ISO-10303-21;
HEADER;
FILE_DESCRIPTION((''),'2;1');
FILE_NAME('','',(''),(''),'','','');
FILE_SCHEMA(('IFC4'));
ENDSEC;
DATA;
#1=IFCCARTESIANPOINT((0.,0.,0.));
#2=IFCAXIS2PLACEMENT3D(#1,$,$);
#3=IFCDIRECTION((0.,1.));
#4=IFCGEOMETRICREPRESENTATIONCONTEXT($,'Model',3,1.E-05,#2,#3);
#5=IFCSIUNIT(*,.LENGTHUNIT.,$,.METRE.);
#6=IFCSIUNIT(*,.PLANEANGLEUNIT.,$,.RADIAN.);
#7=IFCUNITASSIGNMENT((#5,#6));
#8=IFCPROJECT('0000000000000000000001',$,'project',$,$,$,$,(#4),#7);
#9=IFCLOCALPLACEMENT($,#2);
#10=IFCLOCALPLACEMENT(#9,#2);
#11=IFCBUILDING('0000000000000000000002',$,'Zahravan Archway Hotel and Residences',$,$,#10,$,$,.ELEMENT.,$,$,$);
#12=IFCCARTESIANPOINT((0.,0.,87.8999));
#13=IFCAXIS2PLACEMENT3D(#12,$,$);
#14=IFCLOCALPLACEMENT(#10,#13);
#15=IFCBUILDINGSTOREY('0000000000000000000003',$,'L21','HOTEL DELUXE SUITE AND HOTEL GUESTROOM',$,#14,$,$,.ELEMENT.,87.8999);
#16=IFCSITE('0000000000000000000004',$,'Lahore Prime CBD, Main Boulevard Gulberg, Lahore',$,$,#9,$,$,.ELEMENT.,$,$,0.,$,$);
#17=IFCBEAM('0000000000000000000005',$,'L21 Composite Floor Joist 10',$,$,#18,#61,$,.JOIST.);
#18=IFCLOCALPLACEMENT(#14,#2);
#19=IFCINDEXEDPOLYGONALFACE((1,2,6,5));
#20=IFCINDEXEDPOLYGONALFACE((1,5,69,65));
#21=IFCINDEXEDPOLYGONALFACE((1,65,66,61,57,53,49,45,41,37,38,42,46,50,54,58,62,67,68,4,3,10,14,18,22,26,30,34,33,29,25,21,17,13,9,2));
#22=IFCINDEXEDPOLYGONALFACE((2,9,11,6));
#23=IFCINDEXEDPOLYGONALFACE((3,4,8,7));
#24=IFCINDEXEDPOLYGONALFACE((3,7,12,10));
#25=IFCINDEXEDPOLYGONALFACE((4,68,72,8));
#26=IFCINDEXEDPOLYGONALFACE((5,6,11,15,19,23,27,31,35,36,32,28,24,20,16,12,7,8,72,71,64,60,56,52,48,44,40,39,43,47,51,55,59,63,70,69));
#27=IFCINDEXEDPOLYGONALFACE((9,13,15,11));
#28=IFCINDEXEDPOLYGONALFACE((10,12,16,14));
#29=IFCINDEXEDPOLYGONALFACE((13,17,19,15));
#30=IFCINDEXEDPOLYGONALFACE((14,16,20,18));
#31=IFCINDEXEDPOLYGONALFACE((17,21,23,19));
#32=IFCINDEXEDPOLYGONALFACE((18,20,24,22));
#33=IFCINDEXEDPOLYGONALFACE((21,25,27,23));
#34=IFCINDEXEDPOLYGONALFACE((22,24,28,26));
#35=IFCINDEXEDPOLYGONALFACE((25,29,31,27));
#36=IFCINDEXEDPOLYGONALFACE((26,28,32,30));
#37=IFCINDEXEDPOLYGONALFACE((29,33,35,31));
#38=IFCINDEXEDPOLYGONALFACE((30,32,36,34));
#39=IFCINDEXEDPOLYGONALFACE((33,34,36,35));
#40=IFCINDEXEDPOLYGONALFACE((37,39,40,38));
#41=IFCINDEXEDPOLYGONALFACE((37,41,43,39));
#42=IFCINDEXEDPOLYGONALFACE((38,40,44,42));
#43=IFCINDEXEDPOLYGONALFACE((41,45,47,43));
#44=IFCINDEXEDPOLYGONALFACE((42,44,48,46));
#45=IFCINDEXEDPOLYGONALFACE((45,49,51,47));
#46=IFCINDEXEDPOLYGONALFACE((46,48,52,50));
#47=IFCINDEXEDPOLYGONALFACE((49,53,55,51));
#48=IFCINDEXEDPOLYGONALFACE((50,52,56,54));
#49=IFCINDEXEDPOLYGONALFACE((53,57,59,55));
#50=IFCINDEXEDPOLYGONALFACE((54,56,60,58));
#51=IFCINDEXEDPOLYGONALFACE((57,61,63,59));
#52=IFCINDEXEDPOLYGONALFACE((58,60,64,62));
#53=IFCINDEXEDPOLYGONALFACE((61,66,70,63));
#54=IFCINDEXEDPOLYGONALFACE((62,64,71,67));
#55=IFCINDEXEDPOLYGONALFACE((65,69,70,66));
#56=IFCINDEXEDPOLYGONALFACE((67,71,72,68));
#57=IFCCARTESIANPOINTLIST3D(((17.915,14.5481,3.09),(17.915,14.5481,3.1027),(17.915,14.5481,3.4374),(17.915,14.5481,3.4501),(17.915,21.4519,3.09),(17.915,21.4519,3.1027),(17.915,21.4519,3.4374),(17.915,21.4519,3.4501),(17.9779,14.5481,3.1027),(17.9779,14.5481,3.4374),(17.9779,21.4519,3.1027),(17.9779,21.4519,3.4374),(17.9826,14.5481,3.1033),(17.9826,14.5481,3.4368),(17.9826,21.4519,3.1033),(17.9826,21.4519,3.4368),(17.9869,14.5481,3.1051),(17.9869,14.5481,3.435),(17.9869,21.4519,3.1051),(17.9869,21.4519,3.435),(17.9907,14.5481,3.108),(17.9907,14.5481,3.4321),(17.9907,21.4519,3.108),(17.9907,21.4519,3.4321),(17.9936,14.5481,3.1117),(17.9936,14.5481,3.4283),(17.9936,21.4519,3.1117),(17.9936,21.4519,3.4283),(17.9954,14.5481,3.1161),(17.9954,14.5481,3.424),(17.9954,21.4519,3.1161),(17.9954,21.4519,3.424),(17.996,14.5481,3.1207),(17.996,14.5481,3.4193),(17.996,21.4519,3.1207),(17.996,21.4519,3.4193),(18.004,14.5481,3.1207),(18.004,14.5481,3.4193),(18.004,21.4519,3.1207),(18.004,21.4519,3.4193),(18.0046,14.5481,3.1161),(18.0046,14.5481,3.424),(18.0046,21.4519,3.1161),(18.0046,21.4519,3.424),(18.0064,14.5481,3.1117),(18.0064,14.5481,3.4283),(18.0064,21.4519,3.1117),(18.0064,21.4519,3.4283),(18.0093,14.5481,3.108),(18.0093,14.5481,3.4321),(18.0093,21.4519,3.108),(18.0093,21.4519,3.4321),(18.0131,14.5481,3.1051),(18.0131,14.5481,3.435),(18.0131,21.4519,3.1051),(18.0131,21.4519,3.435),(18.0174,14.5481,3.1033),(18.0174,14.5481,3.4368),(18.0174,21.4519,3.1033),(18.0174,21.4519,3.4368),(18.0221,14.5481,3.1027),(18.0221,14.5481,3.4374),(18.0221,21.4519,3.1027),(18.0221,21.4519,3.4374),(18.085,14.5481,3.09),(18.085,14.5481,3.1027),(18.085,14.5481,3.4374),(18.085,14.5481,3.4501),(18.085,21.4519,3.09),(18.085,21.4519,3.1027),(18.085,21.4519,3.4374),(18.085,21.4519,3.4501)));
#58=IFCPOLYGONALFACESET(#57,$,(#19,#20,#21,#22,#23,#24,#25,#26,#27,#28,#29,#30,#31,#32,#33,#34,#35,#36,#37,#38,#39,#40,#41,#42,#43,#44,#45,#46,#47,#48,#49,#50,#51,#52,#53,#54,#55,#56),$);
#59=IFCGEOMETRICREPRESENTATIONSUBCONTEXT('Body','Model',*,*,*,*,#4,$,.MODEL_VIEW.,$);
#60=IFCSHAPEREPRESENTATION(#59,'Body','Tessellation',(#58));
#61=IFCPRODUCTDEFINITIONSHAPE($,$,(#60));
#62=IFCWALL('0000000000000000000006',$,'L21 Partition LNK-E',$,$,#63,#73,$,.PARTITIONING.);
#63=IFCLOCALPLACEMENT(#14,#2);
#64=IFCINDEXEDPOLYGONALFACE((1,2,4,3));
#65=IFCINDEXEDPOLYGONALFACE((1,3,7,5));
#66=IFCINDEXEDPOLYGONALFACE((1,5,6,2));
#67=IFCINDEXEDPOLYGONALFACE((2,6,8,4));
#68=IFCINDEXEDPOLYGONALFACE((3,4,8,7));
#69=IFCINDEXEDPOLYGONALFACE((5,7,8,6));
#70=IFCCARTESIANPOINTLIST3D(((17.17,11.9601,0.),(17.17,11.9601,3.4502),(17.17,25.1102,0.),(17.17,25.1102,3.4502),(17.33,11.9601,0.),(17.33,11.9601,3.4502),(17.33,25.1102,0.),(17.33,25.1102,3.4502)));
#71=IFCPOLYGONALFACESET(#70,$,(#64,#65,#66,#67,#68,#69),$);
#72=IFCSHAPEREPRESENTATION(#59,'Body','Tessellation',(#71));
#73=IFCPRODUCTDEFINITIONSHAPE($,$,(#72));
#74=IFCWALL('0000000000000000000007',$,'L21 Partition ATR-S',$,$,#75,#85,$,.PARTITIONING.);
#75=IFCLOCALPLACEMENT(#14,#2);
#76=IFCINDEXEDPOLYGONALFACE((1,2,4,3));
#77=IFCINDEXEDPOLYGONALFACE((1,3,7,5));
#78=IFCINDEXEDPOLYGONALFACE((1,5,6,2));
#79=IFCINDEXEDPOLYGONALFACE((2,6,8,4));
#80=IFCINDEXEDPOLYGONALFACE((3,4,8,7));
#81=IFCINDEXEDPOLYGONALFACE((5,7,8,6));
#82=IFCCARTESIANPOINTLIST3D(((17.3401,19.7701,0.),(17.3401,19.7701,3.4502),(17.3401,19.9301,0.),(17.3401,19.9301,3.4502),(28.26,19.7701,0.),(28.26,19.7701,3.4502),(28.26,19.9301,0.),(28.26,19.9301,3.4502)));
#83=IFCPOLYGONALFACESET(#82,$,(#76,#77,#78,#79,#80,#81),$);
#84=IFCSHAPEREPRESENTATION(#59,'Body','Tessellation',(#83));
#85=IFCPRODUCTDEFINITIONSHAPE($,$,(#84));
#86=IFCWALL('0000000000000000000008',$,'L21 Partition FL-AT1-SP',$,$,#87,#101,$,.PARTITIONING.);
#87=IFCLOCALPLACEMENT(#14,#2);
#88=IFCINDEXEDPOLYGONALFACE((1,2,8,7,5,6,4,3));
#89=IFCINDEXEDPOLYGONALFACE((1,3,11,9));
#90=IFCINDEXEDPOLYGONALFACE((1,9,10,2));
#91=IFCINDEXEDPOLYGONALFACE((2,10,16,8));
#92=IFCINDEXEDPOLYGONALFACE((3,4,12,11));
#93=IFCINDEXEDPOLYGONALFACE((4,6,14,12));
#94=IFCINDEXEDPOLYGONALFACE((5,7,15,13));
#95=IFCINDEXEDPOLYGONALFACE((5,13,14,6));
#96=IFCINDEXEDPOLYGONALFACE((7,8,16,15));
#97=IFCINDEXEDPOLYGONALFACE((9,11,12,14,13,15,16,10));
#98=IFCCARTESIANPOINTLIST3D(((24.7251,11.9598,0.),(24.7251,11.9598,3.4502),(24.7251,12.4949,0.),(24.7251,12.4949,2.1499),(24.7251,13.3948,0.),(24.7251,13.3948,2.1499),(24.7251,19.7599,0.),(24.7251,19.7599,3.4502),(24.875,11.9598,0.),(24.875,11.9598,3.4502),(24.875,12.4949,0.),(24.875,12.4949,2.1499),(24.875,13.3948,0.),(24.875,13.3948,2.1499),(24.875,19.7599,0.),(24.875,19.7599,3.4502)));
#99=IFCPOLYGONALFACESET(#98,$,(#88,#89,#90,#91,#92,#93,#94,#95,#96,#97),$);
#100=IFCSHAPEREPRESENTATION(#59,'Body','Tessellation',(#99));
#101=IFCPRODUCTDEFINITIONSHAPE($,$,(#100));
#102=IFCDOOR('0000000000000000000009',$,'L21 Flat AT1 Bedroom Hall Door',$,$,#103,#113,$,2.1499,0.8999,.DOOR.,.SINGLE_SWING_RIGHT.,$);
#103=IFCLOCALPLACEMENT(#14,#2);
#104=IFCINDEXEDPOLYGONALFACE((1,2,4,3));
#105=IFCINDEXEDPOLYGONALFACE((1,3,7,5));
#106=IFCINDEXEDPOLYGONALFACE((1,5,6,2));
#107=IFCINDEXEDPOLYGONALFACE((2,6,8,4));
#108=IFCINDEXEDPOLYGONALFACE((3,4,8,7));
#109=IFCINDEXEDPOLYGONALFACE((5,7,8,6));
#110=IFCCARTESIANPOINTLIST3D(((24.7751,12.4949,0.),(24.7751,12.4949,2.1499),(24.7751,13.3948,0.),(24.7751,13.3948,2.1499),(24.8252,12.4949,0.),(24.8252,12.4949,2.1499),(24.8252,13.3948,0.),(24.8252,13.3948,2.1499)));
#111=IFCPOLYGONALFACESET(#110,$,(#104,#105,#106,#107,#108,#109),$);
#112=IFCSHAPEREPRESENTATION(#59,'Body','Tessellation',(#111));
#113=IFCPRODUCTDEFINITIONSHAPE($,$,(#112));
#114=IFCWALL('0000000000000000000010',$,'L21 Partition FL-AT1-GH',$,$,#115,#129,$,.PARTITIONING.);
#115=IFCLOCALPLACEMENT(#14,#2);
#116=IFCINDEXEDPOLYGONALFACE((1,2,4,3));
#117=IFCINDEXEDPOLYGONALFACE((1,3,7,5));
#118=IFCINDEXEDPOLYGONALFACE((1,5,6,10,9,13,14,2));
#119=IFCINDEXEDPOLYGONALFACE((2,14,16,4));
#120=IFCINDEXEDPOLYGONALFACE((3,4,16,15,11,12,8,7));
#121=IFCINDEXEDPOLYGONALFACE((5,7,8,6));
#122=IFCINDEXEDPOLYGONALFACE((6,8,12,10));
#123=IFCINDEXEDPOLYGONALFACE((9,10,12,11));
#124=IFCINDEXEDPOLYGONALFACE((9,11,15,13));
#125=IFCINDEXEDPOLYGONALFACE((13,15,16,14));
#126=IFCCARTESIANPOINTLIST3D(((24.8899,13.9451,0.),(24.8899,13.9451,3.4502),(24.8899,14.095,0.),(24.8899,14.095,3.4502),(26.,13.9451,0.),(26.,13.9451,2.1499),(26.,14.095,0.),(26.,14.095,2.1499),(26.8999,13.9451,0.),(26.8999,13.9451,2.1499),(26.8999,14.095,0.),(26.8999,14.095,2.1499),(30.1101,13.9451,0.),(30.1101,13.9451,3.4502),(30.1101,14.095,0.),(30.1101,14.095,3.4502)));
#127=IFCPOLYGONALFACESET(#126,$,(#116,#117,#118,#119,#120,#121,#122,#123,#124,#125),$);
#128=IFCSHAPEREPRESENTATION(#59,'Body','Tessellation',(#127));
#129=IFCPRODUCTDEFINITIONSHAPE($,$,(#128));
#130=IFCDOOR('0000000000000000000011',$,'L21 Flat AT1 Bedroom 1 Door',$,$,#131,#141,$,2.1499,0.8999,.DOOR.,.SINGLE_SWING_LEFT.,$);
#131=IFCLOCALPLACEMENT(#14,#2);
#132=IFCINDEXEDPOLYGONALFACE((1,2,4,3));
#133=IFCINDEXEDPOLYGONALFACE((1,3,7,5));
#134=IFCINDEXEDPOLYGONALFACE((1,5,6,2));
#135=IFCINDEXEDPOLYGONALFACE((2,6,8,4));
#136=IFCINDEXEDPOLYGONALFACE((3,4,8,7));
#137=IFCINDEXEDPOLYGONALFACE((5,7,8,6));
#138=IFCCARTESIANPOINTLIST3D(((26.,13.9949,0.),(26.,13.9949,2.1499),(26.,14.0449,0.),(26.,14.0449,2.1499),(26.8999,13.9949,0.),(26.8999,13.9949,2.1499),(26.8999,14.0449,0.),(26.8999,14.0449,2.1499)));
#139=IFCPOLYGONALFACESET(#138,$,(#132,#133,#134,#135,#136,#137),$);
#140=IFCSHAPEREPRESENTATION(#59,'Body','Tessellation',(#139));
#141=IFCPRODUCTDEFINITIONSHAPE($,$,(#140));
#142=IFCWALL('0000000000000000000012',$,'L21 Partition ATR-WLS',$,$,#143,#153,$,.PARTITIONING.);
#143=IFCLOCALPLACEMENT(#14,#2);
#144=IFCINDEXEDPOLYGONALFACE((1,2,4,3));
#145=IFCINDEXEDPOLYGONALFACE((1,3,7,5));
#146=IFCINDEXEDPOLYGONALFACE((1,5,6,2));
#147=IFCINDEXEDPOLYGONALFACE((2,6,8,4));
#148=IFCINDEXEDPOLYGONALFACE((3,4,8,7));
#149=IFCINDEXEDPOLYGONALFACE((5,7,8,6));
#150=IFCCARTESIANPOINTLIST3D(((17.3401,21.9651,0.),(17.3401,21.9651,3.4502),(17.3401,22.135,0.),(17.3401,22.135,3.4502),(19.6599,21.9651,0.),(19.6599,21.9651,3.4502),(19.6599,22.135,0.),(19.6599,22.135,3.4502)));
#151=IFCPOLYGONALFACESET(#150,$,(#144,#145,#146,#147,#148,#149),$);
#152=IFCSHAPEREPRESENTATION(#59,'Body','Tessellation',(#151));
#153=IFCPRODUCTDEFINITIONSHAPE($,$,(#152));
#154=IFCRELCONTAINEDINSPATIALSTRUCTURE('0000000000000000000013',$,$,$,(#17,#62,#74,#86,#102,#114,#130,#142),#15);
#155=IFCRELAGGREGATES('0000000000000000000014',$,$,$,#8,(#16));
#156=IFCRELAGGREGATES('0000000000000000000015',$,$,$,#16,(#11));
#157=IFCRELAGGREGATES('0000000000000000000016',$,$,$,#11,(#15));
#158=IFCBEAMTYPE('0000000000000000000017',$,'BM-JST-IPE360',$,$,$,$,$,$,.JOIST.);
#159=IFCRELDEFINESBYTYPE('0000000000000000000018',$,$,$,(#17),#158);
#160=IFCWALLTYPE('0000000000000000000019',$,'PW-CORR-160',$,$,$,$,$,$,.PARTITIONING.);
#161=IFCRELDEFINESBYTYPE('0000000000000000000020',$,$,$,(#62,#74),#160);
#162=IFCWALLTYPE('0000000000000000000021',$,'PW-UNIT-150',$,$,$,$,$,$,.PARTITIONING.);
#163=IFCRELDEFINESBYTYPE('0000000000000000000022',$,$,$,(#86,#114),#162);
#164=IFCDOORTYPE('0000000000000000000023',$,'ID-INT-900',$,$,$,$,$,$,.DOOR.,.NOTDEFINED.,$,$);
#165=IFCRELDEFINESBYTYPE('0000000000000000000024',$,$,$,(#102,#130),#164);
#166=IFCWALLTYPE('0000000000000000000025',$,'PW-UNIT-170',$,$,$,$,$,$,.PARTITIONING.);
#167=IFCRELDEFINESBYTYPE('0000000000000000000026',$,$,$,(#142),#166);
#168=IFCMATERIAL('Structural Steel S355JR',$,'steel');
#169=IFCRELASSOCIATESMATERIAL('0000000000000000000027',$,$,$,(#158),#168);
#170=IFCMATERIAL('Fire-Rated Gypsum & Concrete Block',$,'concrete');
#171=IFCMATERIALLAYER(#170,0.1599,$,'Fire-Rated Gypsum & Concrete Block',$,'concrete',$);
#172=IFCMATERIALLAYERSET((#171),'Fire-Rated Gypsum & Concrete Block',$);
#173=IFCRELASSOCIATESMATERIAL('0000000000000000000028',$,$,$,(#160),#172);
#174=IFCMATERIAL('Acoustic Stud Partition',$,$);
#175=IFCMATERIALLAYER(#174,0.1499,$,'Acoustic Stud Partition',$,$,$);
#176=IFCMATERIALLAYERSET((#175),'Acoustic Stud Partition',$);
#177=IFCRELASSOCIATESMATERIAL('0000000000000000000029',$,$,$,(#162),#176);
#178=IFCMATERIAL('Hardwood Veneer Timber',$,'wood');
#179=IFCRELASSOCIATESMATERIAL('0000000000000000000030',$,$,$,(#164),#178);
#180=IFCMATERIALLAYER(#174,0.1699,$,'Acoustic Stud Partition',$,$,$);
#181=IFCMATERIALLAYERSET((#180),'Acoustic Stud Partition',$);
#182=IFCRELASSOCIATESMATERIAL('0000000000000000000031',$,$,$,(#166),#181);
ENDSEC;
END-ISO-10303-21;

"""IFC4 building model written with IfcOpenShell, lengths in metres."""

from ifc_helpers import new_model, si_unit, direction, frame, frame_2d, origin, origin_2d, place, context, subcontext, project, spatial, rectangle, i_section, extrude, source, transform, mapped, material, layer, layer_set, material_profile, profile_set, type_object, type_shapes, element, fill, save


model = new_model("IFC4")

# Units and contexts
model_context = context("Model", 3, precision=1e-05, world=origin(), true_north=direction((0.0, 1.0)))
body_context = subcontext(model_context, "Body", "Model", "MODEL_VIEW")
ifc_project = project(units=[si_unit("LENGTHUNIT", "METRE"), si_unit("PLANEANGLEUNIT", "RADIAN")], contexts=[model_context])

# Site, building, storey
site_placement = place(None, origin())
site = spatial("IfcSite", under=ifc_project, at=site_placement, Name="Lahore Prime CBD, Main Boulevard Gulberg, Lahore", CompositionType="ELEMENT", RefElevation=0.0)
building_placement = place(site_placement, origin())
building = spatial("IfcBuilding", under=site, at=building_placement, Name="Zahravan Archway Hotel and Residences", CompositionType="ELEMENT")
storey_placement = place(building_placement, frame((0.0, 0.0, 87.8999)))
storey = spatial("IfcBuildingStorey", under=building, at=storey_placement, Name="L21", Description="HOTEL DELUXE SUITE AND HOTEL GUESTROOM", CompositionType="ELEMENT", Elevation=87.8999)

# Beam
ifc_material_1 = material(Name="Structural Steel S355JR", Category="steel")
ifc_material_profile_1 = material_profile(ifc_material_1, i_section(OverallWidth=0.1699, OverallDepth=0.3601, WebThickness=0.0081, FlangeThickness=0.0127, FilletRadius=0.0181, at=origin_2d()), Name="IPE 360", Category="steel")
ifc_profile_set_1 = profile_set([ifc_material_profile_1], Name="Structural Steel S355JR")
beam_type_1 = type_object("IfcBeamType", Name="BM-JST-IPE360", PredefinedType="JOIST", material=ifc_profile_set_1)
shared_shape_1 = source(origin(), body_context, "Body", "SweptSolid", [
    extrude(i_section(OverallWidth=0.1699, OverallDepth=0.3601, WebThickness=0.0081, FlangeThickness=0.0127, FilletRadius=0.0181, at=origin_2d()), origin(), (0.0, 0.0, 1.0), 6.9038),
])
beam_1_placement = place(storey_placement, frame((18.0, 14.5481, 3.27), z_axis=(0.0, 1.0, 0.0), x_axis=(-1.0, 0.0, 0.0)))
element("IfcBeam", 1, at=beam_1_placement, inside=storey, type_object=beam_type_1, Name="L21 Composite Floor Joist 10", PredefinedType="JOIST", context=body_context, shape_type="MappedRepresentation", body=[
    mapped(shared_shape_1, transform((0.0, 0.0, 0.0), scale=1.0)),
])

# Walls
ifc_material_2 = material(Name="Fire-Rated Gypsum & Concrete Block", Category="concrete")
ifc_layer_1 = layer(ifc_material_2, 0.1599, Name="Fire-Rated Gypsum & Concrete Block", Category="concrete")
ifc_layer_set_1 = layer_set([ifc_layer_1], Name="Fire-Rated Gypsum & Concrete Block")
wall_type_1 = type_object("IfcWallType", Name="PW-CORR-160", PredefinedType="PARTITIONING", material=ifc_layer_set_1)
wall_1_placement = place(storey_placement, frame((17.25, 11.96, 0.0), z_axis=(0.0, 0.0, 1.0), x_axis=(0.0, 1.0, 0.0)))
element("IfcWall", 2, at=wall_1_placement, inside=storey, type_object=wall_type_1, Name="L21 Partition LNK-E", PredefinedType="PARTITIONING", context=body_context, shape_type="SweptSolid", body=[
    extrude(rectangle(XDim=13.1501, YDim=0.1599, at=frame_2d((6.5752, 0.0))), origin(), (0.0, 0.0, 1.0), 3.4502),
])
wall_2_placement = place(storey_placement, frame((17.3401, 19.8501, 0.0), z_axis=(0.0, 0.0, 1.0), x_axis=(1.0, 0.0, 0.0)))
element("IfcWall", 3, at=wall_2_placement, inside=storey, type_object=wall_type_1, Name="L21 Partition ATR-S", PredefinedType="PARTITIONING", context=body_context, shape_type="SweptSolid", body=[
    extrude(rectangle(XDim=10.9199, YDim=0.1599, at=frame_2d((5.46, 0.0))), origin(), (0.0, 0.0, 1.0), 3.4502),
])

# Walls, openings, doors
ifc_material_3 = material(Name="Acoustic Stud Partition")
ifc_layer_2 = layer(ifc_material_3, 0.1499, Name="Acoustic Stud Partition")
ifc_layer_set_2 = layer_set([ifc_layer_2], Name="Acoustic Stud Partition")
wall_type_2 = type_object("IfcWallType", Name="PW-UNIT-150", PredefinedType="PARTITIONING", material=ifc_layer_set_2)
wall_3_placement = place(storey_placement, frame((24.8, 11.96, 0.0), z_axis=(0.0, 0.0, 1.0), x_axis=(0.0, 1.0, 0.0)))
wall_3 = element("IfcWall", 4, at=wall_3_placement, inside=storey, type_object=wall_type_2, Name="L21 Partition FL-AT1-SP", PredefinedType="PARTITIONING", context=body_context, shape_type="SweptSolid", body=[
    extrude(rectangle(XDim=7.8, YDim=0.1499, at=frame_2d((3.8999, 0.0))), origin(), (0.0, 0.0, 1.0), 3.4502),
])
opening_1_placement = place(wall_3_placement, frame((0.5349, 0.0, 0.0)))
opening_1 = element("IfcOpeningElement", 5, at=opening_1_placement, cuts=wall_3, PredefinedType="OPENING", context=body_context, shape_type="SweptSolid", body=[
    extrude(rectangle(XDim=0.8999, YDim=2.1499, at=frame_2d((0.45, 1.075))), frame((0.0, 0.085, 0.0), z_axis=(0.0, -1.0, 0.0), x_axis=(1.0, 0.0, 0.0)), (0.0, 0.0, 1.0), 0.1699),
])
ifc_material_4 = material(Name="Hardwood Veneer Timber", Category="wood")
door_type_1 = type_object("IfcDoorType", Name="ID-INT-900", OperationType="NOTDEFINED", PredefinedType="DOOR", material=ifc_material_4)
shared_shape_2 = source(origin(), body_context, "Body", "SweptSolid", [
    extrude(rectangle(XDim=0.8999, YDim=2.1499, at=frame_2d((0.45, 1.075))), frame((0.0, 0.0249, 0.0), z_axis=(0.0, -1.0, 0.0), x_axis=(1.0, 0.0, 0.0)), (0.0, 0.0, 1.0), 0.05),
])
type_shapes(door_type_1, [shared_shape_2])
door_1_placement = place(opening_1_placement, origin())
door_1 = element("IfcDoor", 6, at=door_1_placement, inside=storey, type_object=door_type_1, Name="L21 Flat AT1 Bedroom Hall Door", OperationType="SINGLE_SWING_RIGHT", OverallHeight=2.1499, OverallWidth=0.8999, PredefinedType="DOOR", context=body_context, shape_type="MappedRepresentation", body=[
    mapped(shared_shape_2, transform((0.0, 0.0, 0.0), scale=1.0)),
])
fill(opening_1, door_1)
wall_4_placement = place(storey_placement, frame((24.8899, 14.02, 0.0), z_axis=(0.0, 0.0, 1.0), x_axis=(1.0, 0.0, 0.0)))
wall_4 = element("IfcWall", 7, at=wall_4_placement, inside=storey, type_object=wall_type_2, Name="L21 Partition FL-AT1-GH", PredefinedType="PARTITIONING", context=body_context, shape_type="SweptSolid", body=[
    extrude(rectangle(XDim=5.2202, YDim=0.1499, at=frame_2d((2.6101, 0.0))), origin(), (0.0, 0.0, 1.0), 3.4502),
])
opening_2_placement = place(wall_4_placement, frame((1.1101, 0.0, 0.0)))
opening_2 = element("IfcOpeningElement", 8, at=opening_2_placement, cuts=wall_4, PredefinedType="OPENING", context=body_context, shape_type="SweptSolid", body=[
    extrude(rectangle(XDim=0.8999, YDim=2.1499, at=frame_2d((0.45, 1.075))), frame((0.0, 0.085, 0.0), z_axis=(0.0, -1.0, 0.0), x_axis=(1.0, 0.0, 0.0)), (0.0, 0.0, 1.0), 0.1699),
])
door_2_placement = place(opening_2_placement, origin())
door_2 = element("IfcDoor", 9, at=door_2_placement, inside=storey, type_object=door_type_1, Name="L21 Flat AT1 Bedroom 1 Door", OperationType="SINGLE_SWING_LEFT", OverallHeight=2.1499, OverallWidth=0.8999, PredefinedType="DOOR", context=body_context, shape_type="MappedRepresentation", body=[
    mapped(shared_shape_2, transform((0.0, 0.0, 0.0), scale=1.0)),
])
fill(opening_2, door_2)

# Wall
ifc_layer_3 = layer(ifc_material_3, 0.1699, Name="Acoustic Stud Partition")
ifc_layer_set_3 = layer_set([ifc_layer_3], Name="Acoustic Stud Partition")
wall_type_3 = type_object("IfcWallType", Name="PW-UNIT-170", PredefinedType="PARTITIONING", material=ifc_layer_set_3)
wall_5_placement = place(storey_placement, frame((17.3401, 22.05, 0.0), z_axis=(0.0, 0.0, 1.0), x_axis=(1.0, 0.0, 0.0)))
element("IfcWall", 10, at=wall_5_placement, inside=storey, type_object=wall_type_3, Name="L21 Partition ATR-WLS", PredefinedType="PARTITIONING", context=body_context, shape_type="SweptSolid", body=[
    extrude(rectangle(XDim=2.3198, YDim=0.1699, at=frame_2d((1.1599, 0.0))), origin(), (0.0, 0.0, 1.0), 3.4502),
])

save(model, "model.ifc")
